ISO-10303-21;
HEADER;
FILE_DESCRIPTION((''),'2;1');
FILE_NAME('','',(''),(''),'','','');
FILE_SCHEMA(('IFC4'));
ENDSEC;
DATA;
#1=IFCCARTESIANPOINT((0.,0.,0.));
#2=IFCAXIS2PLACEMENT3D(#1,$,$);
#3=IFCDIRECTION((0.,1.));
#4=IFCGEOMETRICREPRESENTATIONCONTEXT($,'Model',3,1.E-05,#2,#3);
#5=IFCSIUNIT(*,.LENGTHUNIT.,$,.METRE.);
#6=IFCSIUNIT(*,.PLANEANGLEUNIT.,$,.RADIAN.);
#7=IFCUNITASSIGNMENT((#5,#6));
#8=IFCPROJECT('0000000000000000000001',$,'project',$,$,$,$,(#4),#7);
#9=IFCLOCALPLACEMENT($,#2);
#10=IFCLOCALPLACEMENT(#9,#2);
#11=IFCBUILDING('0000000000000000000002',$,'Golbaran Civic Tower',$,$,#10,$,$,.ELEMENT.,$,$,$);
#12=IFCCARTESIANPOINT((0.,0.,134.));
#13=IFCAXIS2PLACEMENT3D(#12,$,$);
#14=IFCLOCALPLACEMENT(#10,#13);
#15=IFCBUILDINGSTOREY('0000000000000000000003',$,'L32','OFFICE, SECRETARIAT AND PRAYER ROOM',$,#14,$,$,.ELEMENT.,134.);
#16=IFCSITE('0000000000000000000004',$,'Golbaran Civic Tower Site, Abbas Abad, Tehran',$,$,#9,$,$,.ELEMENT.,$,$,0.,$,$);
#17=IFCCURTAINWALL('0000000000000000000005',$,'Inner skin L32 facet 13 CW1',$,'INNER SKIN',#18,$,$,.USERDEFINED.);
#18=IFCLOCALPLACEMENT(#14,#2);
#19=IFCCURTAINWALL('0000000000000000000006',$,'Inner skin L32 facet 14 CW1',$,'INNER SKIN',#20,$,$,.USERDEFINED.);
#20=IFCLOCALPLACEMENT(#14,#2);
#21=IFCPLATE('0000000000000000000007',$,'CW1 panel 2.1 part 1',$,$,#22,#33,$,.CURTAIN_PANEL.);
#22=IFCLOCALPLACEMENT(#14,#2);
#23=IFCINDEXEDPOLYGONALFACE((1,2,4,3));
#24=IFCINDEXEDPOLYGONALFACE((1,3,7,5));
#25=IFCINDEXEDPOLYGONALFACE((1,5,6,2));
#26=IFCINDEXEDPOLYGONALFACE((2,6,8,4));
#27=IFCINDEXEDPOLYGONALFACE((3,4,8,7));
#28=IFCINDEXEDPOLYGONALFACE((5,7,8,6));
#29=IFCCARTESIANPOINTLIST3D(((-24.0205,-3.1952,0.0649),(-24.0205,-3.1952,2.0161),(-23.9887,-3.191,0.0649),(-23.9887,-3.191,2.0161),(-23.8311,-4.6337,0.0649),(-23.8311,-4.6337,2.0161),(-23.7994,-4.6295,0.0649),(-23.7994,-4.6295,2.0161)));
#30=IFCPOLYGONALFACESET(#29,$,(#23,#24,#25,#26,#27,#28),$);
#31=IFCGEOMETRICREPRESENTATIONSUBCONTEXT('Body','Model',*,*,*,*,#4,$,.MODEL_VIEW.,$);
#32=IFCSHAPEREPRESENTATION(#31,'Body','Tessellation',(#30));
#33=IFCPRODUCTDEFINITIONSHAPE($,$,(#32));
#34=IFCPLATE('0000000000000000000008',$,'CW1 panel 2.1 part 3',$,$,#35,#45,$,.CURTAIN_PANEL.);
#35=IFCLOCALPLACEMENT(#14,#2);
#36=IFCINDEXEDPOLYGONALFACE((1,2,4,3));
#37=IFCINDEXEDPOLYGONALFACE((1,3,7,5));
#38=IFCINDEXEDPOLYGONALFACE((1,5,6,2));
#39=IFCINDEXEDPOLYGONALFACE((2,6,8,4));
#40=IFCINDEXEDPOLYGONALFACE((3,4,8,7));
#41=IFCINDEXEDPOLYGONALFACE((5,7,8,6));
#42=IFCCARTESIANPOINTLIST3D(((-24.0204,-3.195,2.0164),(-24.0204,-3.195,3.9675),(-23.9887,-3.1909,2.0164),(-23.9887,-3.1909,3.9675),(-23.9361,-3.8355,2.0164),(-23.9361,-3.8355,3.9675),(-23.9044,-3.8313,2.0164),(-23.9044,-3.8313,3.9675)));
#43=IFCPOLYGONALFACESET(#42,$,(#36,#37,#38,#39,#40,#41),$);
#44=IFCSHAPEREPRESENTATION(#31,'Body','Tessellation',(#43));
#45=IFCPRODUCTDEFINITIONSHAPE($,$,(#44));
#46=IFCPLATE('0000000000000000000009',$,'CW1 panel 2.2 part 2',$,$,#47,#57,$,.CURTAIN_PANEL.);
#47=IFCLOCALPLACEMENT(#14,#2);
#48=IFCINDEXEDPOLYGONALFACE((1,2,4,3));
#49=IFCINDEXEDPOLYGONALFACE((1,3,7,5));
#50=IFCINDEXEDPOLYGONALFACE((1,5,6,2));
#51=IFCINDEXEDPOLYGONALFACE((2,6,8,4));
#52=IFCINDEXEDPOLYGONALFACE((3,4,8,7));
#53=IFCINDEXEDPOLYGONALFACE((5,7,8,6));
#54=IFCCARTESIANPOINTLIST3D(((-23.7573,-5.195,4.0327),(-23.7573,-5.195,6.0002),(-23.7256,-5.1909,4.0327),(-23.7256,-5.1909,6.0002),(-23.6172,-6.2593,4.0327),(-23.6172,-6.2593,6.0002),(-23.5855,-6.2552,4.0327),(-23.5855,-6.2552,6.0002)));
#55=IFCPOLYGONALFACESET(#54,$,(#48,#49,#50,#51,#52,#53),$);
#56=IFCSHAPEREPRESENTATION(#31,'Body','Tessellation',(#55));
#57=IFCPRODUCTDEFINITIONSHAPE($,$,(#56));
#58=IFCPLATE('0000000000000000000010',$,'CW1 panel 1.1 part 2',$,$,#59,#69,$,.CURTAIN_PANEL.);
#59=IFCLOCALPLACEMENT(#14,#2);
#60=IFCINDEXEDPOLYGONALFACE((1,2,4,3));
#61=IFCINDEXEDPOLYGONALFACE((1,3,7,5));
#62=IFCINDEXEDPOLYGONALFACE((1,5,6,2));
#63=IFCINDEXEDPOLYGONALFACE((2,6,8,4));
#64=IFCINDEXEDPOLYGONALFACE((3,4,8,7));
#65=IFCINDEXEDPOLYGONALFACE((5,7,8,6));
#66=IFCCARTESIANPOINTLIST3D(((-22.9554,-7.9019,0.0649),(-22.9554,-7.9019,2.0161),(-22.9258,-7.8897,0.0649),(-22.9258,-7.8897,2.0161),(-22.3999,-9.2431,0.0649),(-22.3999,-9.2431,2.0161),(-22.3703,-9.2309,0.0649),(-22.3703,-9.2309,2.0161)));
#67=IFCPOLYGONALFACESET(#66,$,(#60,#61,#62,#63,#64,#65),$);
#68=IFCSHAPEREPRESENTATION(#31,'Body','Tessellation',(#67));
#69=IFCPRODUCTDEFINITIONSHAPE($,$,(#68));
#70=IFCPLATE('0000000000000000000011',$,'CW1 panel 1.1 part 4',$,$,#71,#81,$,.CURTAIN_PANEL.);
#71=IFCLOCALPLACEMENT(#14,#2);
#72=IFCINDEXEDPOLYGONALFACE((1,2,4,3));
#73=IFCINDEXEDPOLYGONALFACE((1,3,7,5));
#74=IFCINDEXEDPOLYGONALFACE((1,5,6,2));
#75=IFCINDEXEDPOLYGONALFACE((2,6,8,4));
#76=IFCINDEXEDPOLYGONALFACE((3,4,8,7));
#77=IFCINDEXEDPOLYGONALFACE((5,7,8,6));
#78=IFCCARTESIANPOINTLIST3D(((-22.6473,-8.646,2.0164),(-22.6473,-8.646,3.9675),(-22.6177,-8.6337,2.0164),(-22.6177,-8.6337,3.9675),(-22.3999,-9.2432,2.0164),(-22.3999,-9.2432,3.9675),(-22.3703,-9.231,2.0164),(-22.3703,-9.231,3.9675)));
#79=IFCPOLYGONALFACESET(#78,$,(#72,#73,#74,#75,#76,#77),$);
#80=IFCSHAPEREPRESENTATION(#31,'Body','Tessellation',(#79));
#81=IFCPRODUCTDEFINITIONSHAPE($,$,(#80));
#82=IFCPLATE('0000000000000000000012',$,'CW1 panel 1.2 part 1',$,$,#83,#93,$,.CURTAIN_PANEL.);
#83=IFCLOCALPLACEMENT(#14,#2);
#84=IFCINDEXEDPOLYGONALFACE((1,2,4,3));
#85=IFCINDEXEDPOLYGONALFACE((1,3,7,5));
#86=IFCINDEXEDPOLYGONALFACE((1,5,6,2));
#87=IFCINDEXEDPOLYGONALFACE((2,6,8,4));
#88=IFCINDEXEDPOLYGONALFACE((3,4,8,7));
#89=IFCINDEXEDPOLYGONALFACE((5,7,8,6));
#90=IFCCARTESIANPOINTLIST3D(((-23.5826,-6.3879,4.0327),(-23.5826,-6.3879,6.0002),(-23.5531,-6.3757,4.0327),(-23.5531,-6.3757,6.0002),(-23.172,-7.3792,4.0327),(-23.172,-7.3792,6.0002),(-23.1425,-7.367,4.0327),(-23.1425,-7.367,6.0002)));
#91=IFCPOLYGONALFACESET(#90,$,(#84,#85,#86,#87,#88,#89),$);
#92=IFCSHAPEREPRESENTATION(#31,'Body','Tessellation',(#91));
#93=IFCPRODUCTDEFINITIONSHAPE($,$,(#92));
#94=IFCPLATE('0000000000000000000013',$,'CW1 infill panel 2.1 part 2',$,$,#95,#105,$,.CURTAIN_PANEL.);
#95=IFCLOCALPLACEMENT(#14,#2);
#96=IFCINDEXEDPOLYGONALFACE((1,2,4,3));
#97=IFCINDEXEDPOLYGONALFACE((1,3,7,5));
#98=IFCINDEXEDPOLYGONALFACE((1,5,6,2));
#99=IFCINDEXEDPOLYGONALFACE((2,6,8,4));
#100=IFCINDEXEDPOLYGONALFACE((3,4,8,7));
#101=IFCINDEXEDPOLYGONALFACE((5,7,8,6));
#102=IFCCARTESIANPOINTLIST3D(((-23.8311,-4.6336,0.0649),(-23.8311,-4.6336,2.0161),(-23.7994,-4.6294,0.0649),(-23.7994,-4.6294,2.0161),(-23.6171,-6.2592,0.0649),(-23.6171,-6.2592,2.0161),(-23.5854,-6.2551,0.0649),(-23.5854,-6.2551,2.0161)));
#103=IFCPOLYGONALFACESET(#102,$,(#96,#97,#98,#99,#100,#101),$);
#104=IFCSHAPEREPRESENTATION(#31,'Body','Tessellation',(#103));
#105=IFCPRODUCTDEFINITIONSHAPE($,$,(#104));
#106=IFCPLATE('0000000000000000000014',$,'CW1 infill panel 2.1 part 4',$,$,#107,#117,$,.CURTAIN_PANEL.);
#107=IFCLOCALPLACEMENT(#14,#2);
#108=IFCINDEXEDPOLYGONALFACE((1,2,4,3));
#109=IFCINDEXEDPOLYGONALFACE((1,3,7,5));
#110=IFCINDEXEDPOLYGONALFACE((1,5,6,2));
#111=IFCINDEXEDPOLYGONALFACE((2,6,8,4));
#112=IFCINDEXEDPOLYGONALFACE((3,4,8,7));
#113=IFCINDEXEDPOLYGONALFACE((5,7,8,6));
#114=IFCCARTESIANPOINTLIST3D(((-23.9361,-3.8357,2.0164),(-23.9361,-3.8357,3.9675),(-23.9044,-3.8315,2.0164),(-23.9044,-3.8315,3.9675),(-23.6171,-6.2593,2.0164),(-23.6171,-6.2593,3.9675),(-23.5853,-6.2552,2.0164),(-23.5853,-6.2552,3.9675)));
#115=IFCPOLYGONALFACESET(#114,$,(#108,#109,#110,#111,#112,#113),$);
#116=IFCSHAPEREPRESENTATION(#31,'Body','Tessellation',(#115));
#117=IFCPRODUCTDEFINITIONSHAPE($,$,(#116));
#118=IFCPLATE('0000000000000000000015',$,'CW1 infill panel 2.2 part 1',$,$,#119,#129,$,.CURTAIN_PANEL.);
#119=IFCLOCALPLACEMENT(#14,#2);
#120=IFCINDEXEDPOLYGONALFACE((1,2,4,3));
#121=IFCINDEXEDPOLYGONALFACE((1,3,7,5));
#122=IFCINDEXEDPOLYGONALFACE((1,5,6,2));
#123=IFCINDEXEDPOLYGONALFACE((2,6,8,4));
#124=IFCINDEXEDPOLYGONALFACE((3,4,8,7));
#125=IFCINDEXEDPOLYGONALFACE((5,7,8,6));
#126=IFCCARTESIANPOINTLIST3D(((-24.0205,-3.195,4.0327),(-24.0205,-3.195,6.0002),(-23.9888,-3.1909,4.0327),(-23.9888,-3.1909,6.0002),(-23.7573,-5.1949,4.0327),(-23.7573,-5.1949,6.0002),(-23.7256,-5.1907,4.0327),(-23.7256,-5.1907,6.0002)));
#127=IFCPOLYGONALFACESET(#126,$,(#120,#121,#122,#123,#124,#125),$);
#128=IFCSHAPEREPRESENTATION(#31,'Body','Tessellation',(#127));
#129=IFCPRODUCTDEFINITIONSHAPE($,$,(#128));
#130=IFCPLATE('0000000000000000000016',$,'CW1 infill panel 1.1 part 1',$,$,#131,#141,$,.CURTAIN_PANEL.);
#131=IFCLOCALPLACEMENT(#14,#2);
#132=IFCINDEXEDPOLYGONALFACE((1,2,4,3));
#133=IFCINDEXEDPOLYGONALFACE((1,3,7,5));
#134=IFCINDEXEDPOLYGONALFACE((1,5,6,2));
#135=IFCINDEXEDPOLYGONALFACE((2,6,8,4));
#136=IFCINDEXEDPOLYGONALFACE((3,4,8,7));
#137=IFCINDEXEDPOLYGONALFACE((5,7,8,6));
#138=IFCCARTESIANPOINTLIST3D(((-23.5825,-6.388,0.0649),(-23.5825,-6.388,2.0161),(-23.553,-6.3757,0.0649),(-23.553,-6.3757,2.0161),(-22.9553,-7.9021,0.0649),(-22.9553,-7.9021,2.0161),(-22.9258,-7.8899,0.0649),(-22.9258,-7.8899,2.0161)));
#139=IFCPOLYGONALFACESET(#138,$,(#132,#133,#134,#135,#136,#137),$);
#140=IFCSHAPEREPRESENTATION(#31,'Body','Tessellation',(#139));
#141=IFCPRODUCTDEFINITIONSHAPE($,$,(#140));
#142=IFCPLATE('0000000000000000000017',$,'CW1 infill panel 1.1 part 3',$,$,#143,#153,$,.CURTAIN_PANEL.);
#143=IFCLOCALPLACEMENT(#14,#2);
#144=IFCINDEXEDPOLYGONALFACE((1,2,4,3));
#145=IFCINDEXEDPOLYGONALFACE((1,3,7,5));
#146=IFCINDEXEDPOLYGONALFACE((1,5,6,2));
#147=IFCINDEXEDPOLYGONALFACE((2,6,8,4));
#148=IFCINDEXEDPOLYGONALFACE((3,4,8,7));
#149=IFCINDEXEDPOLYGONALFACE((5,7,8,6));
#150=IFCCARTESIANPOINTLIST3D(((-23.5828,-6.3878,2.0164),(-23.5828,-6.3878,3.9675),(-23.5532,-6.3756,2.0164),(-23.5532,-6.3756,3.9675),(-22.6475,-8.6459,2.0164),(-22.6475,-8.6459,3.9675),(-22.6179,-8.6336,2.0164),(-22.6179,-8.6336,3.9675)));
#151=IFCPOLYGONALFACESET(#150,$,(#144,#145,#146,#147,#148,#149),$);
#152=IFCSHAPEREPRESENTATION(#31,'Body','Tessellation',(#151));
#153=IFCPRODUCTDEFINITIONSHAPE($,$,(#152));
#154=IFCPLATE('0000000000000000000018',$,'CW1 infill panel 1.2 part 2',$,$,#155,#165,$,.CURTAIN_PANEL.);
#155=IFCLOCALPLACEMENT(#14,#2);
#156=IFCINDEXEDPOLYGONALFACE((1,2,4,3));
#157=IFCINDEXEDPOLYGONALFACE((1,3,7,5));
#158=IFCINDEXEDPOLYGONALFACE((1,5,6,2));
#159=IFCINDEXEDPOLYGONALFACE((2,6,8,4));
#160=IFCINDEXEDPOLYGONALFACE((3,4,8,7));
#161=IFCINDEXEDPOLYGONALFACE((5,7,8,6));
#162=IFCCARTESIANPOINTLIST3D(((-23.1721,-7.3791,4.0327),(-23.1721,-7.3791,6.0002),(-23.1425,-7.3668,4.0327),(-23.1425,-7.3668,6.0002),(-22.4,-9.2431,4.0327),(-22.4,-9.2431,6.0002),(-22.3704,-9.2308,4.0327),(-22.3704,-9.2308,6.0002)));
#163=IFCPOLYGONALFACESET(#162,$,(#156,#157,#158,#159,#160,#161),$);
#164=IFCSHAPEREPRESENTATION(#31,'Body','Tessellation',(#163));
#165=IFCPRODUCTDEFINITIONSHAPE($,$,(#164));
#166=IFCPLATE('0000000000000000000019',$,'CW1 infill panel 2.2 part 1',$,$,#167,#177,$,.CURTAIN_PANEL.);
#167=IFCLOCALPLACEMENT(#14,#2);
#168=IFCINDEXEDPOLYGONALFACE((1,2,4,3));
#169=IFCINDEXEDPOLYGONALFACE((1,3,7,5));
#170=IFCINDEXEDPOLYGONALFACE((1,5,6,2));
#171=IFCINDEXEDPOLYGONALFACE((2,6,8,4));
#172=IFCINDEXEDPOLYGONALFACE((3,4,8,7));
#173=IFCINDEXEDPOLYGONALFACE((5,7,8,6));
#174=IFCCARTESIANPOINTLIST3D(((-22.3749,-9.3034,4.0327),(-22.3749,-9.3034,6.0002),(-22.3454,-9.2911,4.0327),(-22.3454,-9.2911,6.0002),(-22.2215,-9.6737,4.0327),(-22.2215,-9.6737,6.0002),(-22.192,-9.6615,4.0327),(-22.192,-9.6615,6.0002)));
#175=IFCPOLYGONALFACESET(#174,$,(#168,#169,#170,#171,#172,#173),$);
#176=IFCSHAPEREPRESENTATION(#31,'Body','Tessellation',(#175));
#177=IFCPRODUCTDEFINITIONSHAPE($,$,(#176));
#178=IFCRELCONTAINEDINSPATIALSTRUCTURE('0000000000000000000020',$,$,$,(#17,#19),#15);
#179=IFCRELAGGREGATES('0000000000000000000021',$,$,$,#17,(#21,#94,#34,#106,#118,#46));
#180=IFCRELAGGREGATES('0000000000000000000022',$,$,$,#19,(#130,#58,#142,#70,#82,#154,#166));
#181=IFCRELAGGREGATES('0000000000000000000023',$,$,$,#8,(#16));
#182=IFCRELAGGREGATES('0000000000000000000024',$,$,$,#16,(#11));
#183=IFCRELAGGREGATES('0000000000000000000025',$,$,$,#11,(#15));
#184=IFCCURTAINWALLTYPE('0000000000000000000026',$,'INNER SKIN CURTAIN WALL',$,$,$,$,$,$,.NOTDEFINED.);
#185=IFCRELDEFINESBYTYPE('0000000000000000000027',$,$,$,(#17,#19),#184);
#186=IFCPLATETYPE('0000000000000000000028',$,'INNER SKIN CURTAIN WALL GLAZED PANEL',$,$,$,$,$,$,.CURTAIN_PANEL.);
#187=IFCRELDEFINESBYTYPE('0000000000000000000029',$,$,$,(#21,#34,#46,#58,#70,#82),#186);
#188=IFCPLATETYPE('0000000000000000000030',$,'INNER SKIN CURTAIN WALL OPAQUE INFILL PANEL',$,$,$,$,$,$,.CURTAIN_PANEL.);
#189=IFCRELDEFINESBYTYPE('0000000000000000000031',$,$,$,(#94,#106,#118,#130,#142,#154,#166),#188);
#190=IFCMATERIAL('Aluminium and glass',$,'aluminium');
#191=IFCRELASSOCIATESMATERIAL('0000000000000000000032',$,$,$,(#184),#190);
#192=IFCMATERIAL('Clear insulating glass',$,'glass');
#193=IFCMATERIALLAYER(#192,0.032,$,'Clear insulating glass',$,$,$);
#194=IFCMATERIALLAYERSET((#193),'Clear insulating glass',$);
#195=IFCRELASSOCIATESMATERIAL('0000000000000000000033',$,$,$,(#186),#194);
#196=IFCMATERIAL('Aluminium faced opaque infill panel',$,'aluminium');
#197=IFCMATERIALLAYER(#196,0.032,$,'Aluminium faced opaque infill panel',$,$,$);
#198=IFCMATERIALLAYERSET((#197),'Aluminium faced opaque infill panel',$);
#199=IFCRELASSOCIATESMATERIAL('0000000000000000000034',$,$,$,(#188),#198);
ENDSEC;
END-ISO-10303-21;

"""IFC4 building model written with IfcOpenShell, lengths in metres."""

from ifc_helpers import new_model, si_unit, direction, frame, origin, origin_2d, place, context, subcontext, project, spatial, rectangle, extrude, material, layer, layer_set, type_object, element, aggregate, save


model = new_model("IFC4")

# Units and contexts
model_context = context("Model", 3, precision=1e-05, world=origin(), true_north=direction((0.0, 1.0)))
body_context = subcontext(model_context, "Body", "Model", "MODEL_VIEW")
ifc_project = project(units=[si_unit("LENGTHUNIT", "METRE"), si_unit("PLANEANGLEUNIT", "RADIAN")], contexts=[model_context])

# Site, building, storey
site_placement = place(None, origin())
site = spatial("IfcSite", under=ifc_project, at=site_placement, Name="Golbaran Civic Tower Site, Abbas Abad, Tehran", CompositionType="ELEMENT", RefElevation=0.0)
building_placement = place(site_placement, origin())
building = spatial("IfcBuilding", under=site, at=building_placement, Name="Golbaran Civic Tower", CompositionType="ELEMENT")
storey_placement = place(building_placement, frame((0.0, 0.0, 134.0)))
storey = spatial("IfcBuildingStorey", under=building, at=storey_placement, Name="L32", Description="OFFICE, SECRETARIAT AND PRAYER ROOM", CompositionType="ELEMENT", Elevation=134.0)

# Curtain wall
ifc_material_1 = material(Name="Aluminium and glass", Category="aluminium")
curtain_wall_type = type_object("IfcCurtainWallType", Name="INNER SKIN CURTAIN WALL", PredefinedType="NOTDEFINED", material=ifc_material_1)
curtain_wall_1_placement = place(storey_placement, origin())
curtain_wall_1 = element("IfcCurtainWall", 1, at=curtain_wall_1_placement, inside=storey, type_object=curtain_wall_type, Name="Inner skin L32 facet 13 CW1", ObjectType="INNER SKIN", PredefinedType="USERDEFINED")

# Curtain wall
curtain_wall_2_placement = place(storey_placement, origin())
curtain_wall_2 = element("IfcCurtainWall", 2, at=curtain_wall_2_placement, inside=storey, type_object=curtain_wall_type, Name="Inner skin L32 facet 14 CW1", ObjectType="INNER SKIN", PredefinedType="USERDEFINED")

# Plates
ifc_material_2 = material(Name="Clear insulating glass", Category="glass")
ifc_layer_1 = layer(ifc_material_2, 0.032, Name="Clear insulating glass")
ifc_layer_set_1 = layer_set([ifc_layer_1], Name="Clear insulating glass")
plate_type_1 = type_object("IfcPlateType", Name="INNER SKIN CURTAIN WALL GLAZED PANEL", PredefinedType="CURTAIN_PANEL", material=ifc_layer_set_1)
plate_1_placement = place(storey_placement, frame((-23.9099, -3.9124, 0.0649), z_axis=(0.0, 0.0, 1.0), x_axis=(0.130526, -0.991445, 0.0)))
plate_1 = element("IfcPlate", 3, at=plate_1_placement, type_object=plate_type_1, Name="CW1 panel 2.1 part 1", PredefinedType="CURTAIN_PANEL", context=body_context, shape_type="SweptSolid", body=[
    extrude(rectangle(XDim=1.4509, YDim=0.032, at=origin_2d()), origin(), (0.0, 0.0, 1.0), 1.9512),
])
plate_2_placement = place(storey_placement, frame((-23.9624, -3.5132, 2.0164), z_axis=(0.0, 0.0, 1.0), x_axis=(0.130526, -0.991445, 0.0)))
plate_2 = element("IfcPlate", 4, at=plate_2_placement, type_object=plate_type_1, Name="CW1 panel 2.1 part 3", PredefinedType="CURTAIN_PANEL", context=body_context, shape_type="SweptSolid", body=[
    extrude(rectangle(XDim=0.646, YDim=0.032, at=origin_2d()), origin(), (0.0, 0.0, 1.0), 1.9512),
])
plate_3_placement = place(storey_placement, frame((-23.6714, -5.7251, 4.0327), z_axis=(0.0, 0.0, 1.0), x_axis=(0.130526, -0.991445, 0.0)))
plate_3 = element("IfcPlate", 5, at=plate_3_placement, type_object=plate_type_1, Name="CW1 panel 2.2 part 2", PredefinedType="CURTAIN_PANEL", context=body_context, shape_type="SweptSolid", body=[
    extrude(rectangle(XDim=1.0735, YDim=0.032, at=origin_2d()), origin(), (0.0, 0.0, 1.0), 1.9675),
])
plate_4_placement = place(storey_placement, frame((-22.6628, -8.5664, 0.0649), z_axis=(0.0, 0.0, 1.0), x_axis=(0.382683, -0.92388, 0.0)))
plate_4 = element("IfcPlate", 6, at=plate_4_placement, type_object=plate_type_1, Name="CW1 panel 1.1 part 2", PredefinedType="CURTAIN_PANEL", context=body_context, shape_type="SweptSolid", body=[
    extrude(rectangle(XDim=1.4517, YDim=0.032, at=origin_2d()), origin(), (0.0, 0.0, 1.0), 1.9512),
])
plate_5_placement = place(storey_placement, frame((-22.5088, -8.9385, 2.0164), z_axis=(0.0, 0.0, 1.0), x_axis=(0.382683, -0.92388, 0.0)))
plate_5 = element("IfcPlate", 7, at=plate_5_placement, type_object=plate_type_1, Name="CW1 panel 1.1 part 4", PredefinedType="CURTAIN_PANEL", context=body_context, shape_type="SweptSolid", body=[
    extrude(rectangle(XDim=0.6465, YDim=0.032, at=origin_2d()), origin(), (0.0, 0.0, 1.0), 1.9512),
])
plate_6_placement = place(storey_placement, frame((-23.3625, -6.8774, 4.0327), z_axis=(0.0, 0.0, 1.0), x_axis=(0.382683, -0.92388, 0.0)))
plate_6 = element("IfcPlate", 8, at=plate_6_placement, type_object=plate_type_1, Name="CW1 panel 1.2 part 1", PredefinedType="CURTAIN_PANEL", context=body_context, shape_type="SweptSolid", body=[
    extrude(rectangle(XDim=1.073, YDim=0.032, at=origin_2d()), origin(), (0.0, 0.0, 1.0), 1.9675),
])
ifc_material_3 = material(Name="Aluminium faced opaque infill panel", Category="aluminium")
ifc_layer_2 = layer(ifc_material_3, 0.032, Name="Aluminium faced opaque infill panel")
ifc_layer_set_2 = layer_set([ifc_layer_2], Name="Aluminium faced opaque infill panel")
plate_type_2 = type_object("IfcPlateType", Name="INNER SKIN CURTAIN WALL OPAQUE INFILL PANEL", PredefinedType="CURTAIN_PANEL", material=ifc_layer_set_2)
plate_7_placement = place(storey_placement, frame((-23.7083, -5.4443, 0.0649), z_axis=(0.0, 0.0, 1.0), x_axis=(0.130526, -0.991445, 0.0)))
plate_7 = element("IfcPlate", 9, at=plate_7_placement, type_object=plate_type_2, Name="CW1 infill panel 2.1 part 2", PredefinedType="CURTAIN_PANEL", context=body_context, shape_type="SweptSolid", body=[
    extrude(rectangle(XDim=1.6396, YDim=0.032, at=origin_2d()), origin(), (0.0, 0.0, 1.0), 1.9512),
])
plate_8_placement = place(storey_placement, frame((-23.7607, -5.0454, 2.0164), z_axis=(0.0, 0.0, 1.0), x_axis=(0.130526, -0.991445, 0.0)))
plate_8 = element("IfcPlate", 10, at=plate_8_placement, type_object=plate_type_2, Name="CW1 infill panel 2.1 part 4", PredefinedType="CURTAIN_PANEL", context=body_context, shape_type="SweptSolid", body=[
    extrude(rectangle(XDim=2.4446, YDim=0.032, at=origin_2d()), origin(), (0.0, 0.0, 1.0), 1.9512),
])
plate_9_placement = place(storey_placement, frame((-23.873, -4.1929, 4.0327), z_axis=(0.0, 0.0, 1.0), x_axis=(0.130526, -0.991445, 0.0)))
plate_9 = element("IfcPlate", 11, at=plate_9_placement, type_object=plate_type_2, Name="CW1 infill panel 2.2 part 1", PredefinedType="CURTAIN_PANEL", context=body_context, shape_type="SweptSolid", body=[
    extrude(rectangle(XDim=2.0171, YDim=0.032, at=origin_2d()), origin(), (0.0, 0.0, 1.0), 1.9675),
])
aggregate(curtain_wall_1, [plate_1, plate_7, plate_2, plate_8, plate_9, plate_3])
plate_10_placement = place(storey_placement, frame((-23.2542, -7.1389, 0.0649), z_axis=(0.0, 0.0, 1.0), x_axis=(0.382683, -0.92388, 0.0)))
plate_10 = element("IfcPlate", 12, at=plate_10_placement, type_object=plate_type_2, Name="CW1 infill panel 1.1 part 1", PredefinedType="CURTAIN_PANEL", context=body_context, shape_type="SweptSolid", body=[
    extrude(rectangle(XDim=1.6389, YDim=0.032, at=origin_2d()), origin(), (0.0, 0.0, 1.0), 1.9512),
])
plate_11_placement = place(storey_placement, frame((-23.1003, -7.5107, 2.0164), z_axis=(0.0, 0.0, 1.0), x_axis=(0.382683, -0.92388, 0.0)))
plate_11 = element("IfcPlate", 13, at=plate_11_placement, type_object=plate_type_2, Name="CW1 infill panel 1.1 part 3", PredefinedType="CURTAIN_PANEL", context=body_context, shape_type="SweptSolid", body=[
    extrude(rectangle(XDim=2.4441, YDim=0.032, at=origin_2d()), origin(), (0.0, 0.0, 1.0), 1.9512),
])
plate_12_placement = place(storey_placement, frame((-22.7712, -8.3049, 4.0327), z_axis=(0.0, 0.0, 1.0), x_axis=(0.382683, -0.92388, 0.0)))
plate_12 = element("IfcPlate", 14, at=plate_12_placement, type_object=plate_type_2, Name="CW1 infill panel 1.2 part 2", PredefinedType="CURTAIN_PANEL", context=body_context, shape_type="SweptSolid", body=[
    extrude(rectangle(XDim=2.0176, YDim=0.032, at=origin_2d()), origin(), (0.0, 0.0, 1.0), 1.9675),
])
plate_13_placement = place(storey_placement, frame((-22.2834, -9.4824, 4.0327), z_axis=(0.0, 0.0, 1.0), x_axis=(0.382683, -0.92388, 0.0)))
plate_13 = element("IfcPlate", 15, at=plate_13_placement, type_object=plate_type_2, Name="CW1 infill panel 2.2 part 1", PredefinedType="CURTAIN_PANEL", context=body_context, shape_type="SweptSolid", body=[
    extrude(rectangle(XDim=0.4009, YDim=0.032, at=origin_2d()), origin(), (0.0, 0.0, 1.0), 1.9675),
])
aggregate(curtain_wall_2, [plate_10, plate_4, plate_11, plate_5, plate_6, plate_12, plate_13])

save(model, "model.ifc")
